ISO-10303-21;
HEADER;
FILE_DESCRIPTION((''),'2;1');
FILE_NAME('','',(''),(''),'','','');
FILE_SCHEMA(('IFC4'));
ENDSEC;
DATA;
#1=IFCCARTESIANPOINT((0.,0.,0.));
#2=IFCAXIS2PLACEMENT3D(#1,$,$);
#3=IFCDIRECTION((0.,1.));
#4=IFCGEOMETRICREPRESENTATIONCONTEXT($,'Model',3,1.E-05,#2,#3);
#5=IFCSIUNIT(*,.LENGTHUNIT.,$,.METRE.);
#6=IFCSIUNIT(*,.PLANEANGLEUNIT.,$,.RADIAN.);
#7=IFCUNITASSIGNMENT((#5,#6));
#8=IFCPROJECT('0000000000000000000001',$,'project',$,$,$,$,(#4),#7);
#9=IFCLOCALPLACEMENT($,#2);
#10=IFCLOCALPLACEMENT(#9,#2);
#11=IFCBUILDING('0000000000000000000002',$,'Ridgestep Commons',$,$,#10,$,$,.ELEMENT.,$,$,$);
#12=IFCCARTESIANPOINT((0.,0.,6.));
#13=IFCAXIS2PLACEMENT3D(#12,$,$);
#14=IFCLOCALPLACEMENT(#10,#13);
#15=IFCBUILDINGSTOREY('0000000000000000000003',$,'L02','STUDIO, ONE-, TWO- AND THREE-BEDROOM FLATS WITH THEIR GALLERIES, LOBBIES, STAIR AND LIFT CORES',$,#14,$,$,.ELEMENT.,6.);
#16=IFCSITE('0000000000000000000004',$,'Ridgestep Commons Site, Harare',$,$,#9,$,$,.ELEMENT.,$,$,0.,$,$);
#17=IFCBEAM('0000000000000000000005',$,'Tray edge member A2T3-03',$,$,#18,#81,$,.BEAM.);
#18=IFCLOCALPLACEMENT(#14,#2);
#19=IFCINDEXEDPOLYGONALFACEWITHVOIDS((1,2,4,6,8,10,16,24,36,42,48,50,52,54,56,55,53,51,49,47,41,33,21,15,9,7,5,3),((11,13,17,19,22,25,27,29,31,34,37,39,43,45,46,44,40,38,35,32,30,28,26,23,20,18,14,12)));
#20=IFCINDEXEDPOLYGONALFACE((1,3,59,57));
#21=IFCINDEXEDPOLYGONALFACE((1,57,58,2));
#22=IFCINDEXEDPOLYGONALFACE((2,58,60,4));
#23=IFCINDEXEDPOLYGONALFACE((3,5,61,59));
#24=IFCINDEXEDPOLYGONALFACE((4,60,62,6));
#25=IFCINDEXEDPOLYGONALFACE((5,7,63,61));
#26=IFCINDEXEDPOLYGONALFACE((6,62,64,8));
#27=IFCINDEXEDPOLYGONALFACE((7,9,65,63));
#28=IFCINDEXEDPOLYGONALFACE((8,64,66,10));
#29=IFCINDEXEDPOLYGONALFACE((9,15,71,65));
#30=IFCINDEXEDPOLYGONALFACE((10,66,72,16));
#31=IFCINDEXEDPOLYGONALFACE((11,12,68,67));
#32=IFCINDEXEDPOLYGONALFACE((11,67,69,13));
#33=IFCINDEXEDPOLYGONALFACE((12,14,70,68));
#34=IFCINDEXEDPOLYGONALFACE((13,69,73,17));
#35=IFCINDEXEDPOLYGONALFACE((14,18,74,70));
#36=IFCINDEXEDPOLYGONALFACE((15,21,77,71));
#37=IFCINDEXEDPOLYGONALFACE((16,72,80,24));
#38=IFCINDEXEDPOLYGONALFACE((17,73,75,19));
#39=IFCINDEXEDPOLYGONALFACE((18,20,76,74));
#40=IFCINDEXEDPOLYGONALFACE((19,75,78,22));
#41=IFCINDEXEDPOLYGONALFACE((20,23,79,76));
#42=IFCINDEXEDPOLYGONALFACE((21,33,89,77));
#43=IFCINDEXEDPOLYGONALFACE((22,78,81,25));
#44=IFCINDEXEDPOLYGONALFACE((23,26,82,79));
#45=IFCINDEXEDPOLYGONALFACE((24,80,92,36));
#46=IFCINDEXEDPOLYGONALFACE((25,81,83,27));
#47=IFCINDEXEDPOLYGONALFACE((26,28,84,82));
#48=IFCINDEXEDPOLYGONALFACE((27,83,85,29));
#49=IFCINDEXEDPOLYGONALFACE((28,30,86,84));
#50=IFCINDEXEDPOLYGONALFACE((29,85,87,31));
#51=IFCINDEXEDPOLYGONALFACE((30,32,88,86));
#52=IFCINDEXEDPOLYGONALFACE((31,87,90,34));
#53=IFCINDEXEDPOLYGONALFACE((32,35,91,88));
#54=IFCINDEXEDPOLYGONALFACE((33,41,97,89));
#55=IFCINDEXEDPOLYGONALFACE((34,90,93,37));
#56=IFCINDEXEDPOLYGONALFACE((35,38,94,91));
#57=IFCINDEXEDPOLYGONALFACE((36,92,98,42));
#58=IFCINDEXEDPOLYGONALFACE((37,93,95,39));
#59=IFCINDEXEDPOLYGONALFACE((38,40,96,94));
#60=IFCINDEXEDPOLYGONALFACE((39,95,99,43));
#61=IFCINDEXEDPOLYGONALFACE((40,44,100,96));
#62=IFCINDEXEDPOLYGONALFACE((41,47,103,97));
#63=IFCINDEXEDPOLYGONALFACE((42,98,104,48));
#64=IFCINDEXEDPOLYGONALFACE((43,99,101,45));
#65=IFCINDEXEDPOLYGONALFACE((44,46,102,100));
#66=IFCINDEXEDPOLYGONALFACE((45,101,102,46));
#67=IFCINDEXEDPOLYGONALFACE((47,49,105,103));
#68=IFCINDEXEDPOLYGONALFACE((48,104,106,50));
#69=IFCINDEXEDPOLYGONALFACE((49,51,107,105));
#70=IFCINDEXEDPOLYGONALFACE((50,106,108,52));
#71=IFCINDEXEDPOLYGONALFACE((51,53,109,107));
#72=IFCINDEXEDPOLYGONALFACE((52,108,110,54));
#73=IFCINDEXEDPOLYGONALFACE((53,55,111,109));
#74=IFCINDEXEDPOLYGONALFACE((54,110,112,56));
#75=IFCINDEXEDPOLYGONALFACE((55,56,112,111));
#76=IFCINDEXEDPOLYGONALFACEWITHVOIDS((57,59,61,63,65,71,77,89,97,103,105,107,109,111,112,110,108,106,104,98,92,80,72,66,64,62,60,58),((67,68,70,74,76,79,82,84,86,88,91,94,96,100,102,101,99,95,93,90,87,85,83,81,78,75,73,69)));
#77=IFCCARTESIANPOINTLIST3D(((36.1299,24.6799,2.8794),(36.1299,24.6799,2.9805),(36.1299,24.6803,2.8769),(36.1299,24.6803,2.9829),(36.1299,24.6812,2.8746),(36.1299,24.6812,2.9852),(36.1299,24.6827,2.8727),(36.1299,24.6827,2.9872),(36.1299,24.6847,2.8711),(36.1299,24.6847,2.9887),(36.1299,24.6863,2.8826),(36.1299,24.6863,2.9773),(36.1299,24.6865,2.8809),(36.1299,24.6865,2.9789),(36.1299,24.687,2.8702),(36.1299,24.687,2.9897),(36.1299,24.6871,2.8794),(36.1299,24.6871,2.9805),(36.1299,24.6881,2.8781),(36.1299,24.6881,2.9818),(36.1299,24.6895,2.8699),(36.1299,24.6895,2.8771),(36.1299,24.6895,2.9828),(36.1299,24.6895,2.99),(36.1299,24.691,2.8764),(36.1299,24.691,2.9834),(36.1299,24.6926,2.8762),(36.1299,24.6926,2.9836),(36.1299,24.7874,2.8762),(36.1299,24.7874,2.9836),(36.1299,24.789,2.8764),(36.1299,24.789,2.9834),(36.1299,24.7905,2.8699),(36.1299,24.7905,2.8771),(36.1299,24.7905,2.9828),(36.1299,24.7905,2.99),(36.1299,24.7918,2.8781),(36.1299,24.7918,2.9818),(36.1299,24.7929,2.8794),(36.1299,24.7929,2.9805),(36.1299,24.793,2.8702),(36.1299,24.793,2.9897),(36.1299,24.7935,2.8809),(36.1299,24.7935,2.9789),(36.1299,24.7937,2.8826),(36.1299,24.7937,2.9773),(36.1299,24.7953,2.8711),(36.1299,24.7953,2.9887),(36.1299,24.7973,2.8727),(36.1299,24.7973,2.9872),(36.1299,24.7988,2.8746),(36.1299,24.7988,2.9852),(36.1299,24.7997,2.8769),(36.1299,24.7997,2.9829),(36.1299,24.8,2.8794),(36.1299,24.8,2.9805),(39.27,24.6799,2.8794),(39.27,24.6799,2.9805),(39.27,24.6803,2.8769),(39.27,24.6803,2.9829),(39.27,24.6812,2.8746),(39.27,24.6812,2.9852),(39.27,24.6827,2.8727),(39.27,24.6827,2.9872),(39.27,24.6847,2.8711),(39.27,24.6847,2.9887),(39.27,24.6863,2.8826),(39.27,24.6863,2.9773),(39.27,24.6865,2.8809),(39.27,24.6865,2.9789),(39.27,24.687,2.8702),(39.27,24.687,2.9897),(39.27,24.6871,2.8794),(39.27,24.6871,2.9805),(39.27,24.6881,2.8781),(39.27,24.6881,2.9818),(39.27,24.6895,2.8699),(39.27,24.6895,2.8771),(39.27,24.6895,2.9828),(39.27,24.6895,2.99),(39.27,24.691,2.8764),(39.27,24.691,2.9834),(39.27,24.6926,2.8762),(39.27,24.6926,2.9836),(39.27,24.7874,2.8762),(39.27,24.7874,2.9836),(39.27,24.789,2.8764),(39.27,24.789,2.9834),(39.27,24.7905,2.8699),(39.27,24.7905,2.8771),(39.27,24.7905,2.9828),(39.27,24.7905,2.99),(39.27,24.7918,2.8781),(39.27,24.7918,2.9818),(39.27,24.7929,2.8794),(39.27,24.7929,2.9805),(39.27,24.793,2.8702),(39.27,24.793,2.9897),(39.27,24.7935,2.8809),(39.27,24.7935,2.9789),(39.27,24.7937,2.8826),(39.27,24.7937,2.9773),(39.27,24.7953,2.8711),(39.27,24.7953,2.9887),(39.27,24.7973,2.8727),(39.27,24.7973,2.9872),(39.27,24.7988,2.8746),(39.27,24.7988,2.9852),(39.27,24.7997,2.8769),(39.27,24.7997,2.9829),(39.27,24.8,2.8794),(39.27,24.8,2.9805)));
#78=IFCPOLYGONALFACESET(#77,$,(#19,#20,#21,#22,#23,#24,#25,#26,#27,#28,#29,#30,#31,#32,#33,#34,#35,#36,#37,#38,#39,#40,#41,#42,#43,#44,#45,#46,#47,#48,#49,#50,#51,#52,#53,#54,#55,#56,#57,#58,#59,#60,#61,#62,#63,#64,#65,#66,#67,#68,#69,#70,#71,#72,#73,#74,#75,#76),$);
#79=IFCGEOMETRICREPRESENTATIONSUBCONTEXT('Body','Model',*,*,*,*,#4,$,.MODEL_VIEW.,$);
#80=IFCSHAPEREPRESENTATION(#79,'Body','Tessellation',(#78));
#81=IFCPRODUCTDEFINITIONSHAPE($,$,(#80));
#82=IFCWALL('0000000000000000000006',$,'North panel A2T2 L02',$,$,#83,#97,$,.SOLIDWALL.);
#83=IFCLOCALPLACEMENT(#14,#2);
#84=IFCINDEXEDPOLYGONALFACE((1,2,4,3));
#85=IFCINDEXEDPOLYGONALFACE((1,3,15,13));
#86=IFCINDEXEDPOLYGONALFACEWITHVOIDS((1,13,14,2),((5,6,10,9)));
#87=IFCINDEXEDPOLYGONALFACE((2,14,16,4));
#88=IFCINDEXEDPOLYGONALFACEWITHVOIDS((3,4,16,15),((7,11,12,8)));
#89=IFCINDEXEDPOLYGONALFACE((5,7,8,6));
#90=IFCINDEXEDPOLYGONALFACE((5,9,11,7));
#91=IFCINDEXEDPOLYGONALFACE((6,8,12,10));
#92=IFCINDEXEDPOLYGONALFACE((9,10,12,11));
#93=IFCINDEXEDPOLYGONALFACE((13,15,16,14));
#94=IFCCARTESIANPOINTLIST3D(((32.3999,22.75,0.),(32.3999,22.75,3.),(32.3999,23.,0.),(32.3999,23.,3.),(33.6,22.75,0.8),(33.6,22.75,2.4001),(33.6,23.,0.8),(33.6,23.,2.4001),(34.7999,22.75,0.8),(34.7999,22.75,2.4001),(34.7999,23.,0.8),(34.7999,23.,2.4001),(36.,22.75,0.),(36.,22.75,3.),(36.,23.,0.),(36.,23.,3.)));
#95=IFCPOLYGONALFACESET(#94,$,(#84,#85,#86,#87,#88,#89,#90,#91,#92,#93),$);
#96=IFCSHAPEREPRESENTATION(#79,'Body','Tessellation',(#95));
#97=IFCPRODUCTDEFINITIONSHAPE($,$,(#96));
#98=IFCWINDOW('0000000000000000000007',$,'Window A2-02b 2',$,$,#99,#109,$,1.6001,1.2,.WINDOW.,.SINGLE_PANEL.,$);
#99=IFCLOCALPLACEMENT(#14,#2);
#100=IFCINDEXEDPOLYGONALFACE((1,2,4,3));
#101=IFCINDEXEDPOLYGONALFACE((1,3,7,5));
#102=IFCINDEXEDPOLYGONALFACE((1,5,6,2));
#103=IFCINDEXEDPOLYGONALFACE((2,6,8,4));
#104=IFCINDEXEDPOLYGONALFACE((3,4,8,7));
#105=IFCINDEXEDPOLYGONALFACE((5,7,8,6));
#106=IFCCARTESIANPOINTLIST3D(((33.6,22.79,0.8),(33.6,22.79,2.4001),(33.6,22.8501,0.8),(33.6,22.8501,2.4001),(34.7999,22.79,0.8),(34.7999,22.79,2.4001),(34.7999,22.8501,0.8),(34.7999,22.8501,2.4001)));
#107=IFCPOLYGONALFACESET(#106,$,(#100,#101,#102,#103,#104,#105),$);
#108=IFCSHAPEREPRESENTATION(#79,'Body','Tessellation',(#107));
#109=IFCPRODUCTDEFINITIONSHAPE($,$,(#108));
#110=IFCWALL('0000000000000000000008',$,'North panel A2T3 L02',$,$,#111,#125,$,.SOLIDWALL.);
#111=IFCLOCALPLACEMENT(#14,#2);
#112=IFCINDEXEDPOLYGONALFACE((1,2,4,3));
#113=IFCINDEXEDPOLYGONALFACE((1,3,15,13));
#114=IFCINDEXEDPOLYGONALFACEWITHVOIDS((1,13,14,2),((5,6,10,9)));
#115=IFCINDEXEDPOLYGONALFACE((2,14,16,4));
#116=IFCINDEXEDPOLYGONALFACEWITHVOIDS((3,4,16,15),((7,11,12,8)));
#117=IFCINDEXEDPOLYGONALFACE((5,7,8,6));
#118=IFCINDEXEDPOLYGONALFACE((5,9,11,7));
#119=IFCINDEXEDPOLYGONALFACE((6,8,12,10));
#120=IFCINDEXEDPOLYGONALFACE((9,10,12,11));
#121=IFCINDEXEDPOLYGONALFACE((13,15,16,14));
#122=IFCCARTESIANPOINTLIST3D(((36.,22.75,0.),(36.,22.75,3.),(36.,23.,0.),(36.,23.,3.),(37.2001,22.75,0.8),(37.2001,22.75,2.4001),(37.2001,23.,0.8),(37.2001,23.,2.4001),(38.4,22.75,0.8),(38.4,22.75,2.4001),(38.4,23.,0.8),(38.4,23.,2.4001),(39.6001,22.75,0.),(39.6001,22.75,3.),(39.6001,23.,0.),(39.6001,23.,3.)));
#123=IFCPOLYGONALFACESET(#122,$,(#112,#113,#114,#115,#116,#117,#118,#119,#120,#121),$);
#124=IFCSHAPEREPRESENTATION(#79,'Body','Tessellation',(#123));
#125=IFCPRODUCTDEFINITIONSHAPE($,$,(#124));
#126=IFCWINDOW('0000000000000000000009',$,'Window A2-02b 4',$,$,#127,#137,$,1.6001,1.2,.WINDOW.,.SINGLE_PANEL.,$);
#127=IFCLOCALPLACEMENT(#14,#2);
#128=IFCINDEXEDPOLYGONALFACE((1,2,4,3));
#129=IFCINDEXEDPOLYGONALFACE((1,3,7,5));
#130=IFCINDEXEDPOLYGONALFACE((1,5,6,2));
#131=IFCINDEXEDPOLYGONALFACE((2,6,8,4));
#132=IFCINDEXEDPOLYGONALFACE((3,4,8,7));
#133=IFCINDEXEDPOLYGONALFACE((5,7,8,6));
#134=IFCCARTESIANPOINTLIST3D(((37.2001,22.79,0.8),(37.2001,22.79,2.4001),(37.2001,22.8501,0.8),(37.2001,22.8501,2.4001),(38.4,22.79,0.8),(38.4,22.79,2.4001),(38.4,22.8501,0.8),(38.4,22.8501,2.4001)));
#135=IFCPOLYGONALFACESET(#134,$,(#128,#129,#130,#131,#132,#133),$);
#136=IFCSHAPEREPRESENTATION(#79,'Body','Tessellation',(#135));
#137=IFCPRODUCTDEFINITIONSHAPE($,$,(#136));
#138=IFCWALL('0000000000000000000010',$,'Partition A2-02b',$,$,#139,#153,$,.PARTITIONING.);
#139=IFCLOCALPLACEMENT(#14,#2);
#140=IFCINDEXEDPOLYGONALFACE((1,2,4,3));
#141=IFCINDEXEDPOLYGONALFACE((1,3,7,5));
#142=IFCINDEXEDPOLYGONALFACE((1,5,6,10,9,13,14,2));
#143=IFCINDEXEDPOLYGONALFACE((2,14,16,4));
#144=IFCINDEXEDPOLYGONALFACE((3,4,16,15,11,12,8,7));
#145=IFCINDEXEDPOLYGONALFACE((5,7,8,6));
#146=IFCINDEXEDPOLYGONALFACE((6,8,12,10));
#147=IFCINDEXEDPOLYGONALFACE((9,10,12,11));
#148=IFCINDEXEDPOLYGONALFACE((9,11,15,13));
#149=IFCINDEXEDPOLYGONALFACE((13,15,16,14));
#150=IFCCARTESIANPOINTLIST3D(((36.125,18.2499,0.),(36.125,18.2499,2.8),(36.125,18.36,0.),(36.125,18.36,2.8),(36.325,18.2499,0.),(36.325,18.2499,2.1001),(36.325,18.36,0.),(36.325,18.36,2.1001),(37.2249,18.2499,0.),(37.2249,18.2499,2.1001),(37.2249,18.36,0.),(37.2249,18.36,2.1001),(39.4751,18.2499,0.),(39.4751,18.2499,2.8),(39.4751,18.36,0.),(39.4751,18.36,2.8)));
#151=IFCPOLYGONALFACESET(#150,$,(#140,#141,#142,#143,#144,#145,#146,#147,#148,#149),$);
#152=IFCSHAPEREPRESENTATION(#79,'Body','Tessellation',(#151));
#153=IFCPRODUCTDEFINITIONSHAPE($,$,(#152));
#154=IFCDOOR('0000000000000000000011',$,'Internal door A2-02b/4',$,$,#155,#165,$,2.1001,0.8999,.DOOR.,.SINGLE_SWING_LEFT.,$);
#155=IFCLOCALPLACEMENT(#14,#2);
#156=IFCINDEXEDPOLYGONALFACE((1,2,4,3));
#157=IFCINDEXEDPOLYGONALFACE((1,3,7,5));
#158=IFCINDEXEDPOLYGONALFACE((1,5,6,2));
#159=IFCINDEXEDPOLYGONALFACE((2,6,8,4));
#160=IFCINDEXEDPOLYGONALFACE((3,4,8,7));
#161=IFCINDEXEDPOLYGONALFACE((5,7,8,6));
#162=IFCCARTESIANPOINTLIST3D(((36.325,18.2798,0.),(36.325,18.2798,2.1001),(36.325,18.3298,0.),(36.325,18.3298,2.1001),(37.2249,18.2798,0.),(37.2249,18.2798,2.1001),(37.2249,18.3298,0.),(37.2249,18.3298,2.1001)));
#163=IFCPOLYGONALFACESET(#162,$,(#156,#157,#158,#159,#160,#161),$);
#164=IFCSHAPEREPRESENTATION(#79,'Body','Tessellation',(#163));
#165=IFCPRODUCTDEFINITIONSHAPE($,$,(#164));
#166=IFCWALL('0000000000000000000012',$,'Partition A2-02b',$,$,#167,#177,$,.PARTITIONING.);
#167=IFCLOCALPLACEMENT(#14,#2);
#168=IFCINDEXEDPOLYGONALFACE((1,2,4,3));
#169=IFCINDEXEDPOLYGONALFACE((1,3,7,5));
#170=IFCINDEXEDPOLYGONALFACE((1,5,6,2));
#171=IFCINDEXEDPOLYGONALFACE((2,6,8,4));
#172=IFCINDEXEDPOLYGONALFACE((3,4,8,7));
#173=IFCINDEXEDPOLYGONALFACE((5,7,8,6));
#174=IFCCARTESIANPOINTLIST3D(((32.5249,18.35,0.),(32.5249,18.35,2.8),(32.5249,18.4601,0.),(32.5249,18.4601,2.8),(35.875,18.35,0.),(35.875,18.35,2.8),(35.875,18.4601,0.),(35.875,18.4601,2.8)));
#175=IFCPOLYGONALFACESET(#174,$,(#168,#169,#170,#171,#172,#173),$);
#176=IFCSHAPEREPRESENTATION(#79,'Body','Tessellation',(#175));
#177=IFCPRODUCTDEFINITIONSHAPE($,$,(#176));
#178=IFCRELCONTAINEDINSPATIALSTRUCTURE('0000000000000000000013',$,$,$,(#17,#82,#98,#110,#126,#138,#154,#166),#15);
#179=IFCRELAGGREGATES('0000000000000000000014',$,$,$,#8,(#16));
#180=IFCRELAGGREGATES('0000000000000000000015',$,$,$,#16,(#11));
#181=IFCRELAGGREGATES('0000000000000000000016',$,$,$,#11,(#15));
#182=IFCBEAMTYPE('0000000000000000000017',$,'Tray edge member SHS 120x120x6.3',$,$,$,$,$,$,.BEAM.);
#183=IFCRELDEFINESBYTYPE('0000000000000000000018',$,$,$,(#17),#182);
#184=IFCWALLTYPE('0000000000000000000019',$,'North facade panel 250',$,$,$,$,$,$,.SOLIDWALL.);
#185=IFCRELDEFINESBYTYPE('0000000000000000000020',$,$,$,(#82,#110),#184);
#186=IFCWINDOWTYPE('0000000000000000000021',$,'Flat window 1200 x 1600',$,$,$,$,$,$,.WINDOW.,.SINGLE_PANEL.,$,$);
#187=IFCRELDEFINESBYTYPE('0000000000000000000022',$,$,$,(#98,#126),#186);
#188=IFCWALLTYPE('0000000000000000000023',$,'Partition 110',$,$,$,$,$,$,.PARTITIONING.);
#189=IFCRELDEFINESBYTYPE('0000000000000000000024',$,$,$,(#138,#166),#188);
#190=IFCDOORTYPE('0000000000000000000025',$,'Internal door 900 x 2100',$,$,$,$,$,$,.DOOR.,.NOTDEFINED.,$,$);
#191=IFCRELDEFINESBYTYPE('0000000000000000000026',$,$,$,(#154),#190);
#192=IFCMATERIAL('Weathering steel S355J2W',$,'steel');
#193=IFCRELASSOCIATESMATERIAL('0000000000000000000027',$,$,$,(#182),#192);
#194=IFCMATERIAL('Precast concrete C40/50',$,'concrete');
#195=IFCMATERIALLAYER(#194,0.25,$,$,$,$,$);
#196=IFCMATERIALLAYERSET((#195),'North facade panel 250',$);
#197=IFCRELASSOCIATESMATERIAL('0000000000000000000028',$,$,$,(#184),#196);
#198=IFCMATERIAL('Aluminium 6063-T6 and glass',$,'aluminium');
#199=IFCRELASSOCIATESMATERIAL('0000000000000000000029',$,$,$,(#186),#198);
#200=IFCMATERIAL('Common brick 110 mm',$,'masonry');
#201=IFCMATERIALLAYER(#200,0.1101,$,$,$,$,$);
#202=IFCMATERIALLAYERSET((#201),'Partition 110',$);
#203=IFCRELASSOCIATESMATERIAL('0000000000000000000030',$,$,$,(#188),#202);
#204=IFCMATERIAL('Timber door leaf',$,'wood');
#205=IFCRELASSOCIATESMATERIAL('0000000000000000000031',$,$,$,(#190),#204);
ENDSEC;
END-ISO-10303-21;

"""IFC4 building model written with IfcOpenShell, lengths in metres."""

from ifc_helpers import new_model, si_unit, direction, frame, frame_2d, origin, origin_2d, place, context, subcontext, project, spatial, rectangle, hollow_rectangle, extrude, material, layer, layer_set, material_profile, profile_set, type_object, element, fill, save


model = new_model("IFC4")

# Units and contexts
model_context = context("Model", 3, precision=1e-05, world=origin(), true_north=direction((0.0, 1.0)))
body_context = subcontext(model_context, "Body", "Model", "MODEL_VIEW")
ifc_project = project(units=[si_unit("LENGTHUNIT", "METRE"), si_unit("PLANEANGLEUNIT", "RADIAN")], contexts=[model_context])

# Site, building, storey
site_placement = place(None, origin())
site = spatial("IfcSite", under=ifc_project, at=site_placement, Name="Ridgestep Commons Site, Harare", CompositionType="ELEMENT", RefElevation=0.0)
building_placement = place(site_placement, origin())
building = spatial("IfcBuilding", under=site, at=building_placement, Name="Ridgestep Commons", CompositionType="ELEMENT")
storey_placement = place(building_placement, frame((0.0, 0.0, 6.0)))
storey = spatial("IfcBuildingStorey", under=building, at=storey_placement, Name="L02", Description="STUDIO, ONE-, TWO- AND THREE-BEDROOM FLATS WITH THEIR GALLERIES, LOBBIES, STAIR AND LIFT CORES", CompositionType="ELEMENT", Elevation=6.0)

# Beam
ifc_material_1 = material(Name="Weathering steel S355J2W", Category="steel")
ifc_material_profile_1 = material_profile(ifc_material_1, hollow_rectangle(XDim=0.1201, YDim=0.1201, WallThickness=0.0063, InnerFilletRadius=0.0063, OuterFilletRadius=0.0095, at=origin_2d()), Name="SHS 120x120x6.3")
ifc_profile_set_1 = profile_set([ifc_material_profile_1], Name="Weathering steel S355J2W")
beam_type_1 = type_object("IfcBeamType", Name="Tray edge member SHS 120x120x6.3", PredefinedType="BEAM", material=ifc_profile_set_1)
beam_placement = place(storey_placement, frame((36.1299, 24.74, 2.9299), z_axis=(1.0, 0.0, 0.0), x_axis=(0.0, 0.0, 1.0)))
element("IfcBeam", 1, at=beam_placement, inside=storey, type_object=beam_type_1, Name="Tray edge member A2T3-03", PredefinedType="BEAM", context=body_context, shape_type="SweptSolid", body=[
    extrude(hollow_rectangle(XDim=0.1201, YDim=0.1201, WallThickness=0.0063, InnerFilletRadius=0.0063, OuterFilletRadius=0.0095, at=origin_2d()), origin(), (0.0, 0.0, 1.0), 3.1401),
])

# Walls, openings, windows
ifc_material_2 = material(Name="Precast concrete C40/50", Category="concrete")
ifc_layer_1 = layer(ifc_material_2, 0.25)
ifc_layer_set_1 = layer_set([ifc_layer_1], Name="North facade panel 250")
wall_type_1 = type_object("IfcWallType", Name="North facade panel 250", PredefinedType="SOLIDWALL", material=ifc_layer_set_1)
wall_1_placement = place(storey_placement, frame((32.3999, 22.875, 0.0), z_axis=(0.0, 0.0, 1.0), x_axis=(1.0, 0.0, 0.0)))
wall_1 = element("IfcWall", 2, at=wall_1_placement, inside=storey, type_object=wall_type_1, Name="North panel A2T2 L02", PredefinedType="SOLIDWALL", context=body_context, shape_type="SweptSolid", body=[
    extrude(rectangle(XDim=3.6001, YDim=0.25, at=frame_2d((1.8, 0.0))), origin(), (0.0, 0.0, 1.0), 3.0),
])
opening_1_placement = place(wall_1_placement, frame((1.2, 0.0, 0.8)))
opening_1 = element("IfcOpeningElement", 3, at=opening_1_placement, cuts=wall_1, PredefinedType="OPENING", context=body_context, shape_type="SweptSolid", body=[
    extrude(rectangle(XDim=1.2, YDim=1.6001, at=frame_2d((0.6001, 0.8))), frame((0.0, 0.135, 0.0), z_axis=(0.0, -1.0, 0.0), x_axis=(1.0, 0.0, 0.0)), (0.0, 0.0, 1.0), 0.27),
])
ifc_material_3 = material(Name="Aluminium 6063-T6 and glass", Category="aluminium")
window_type = type_object("IfcWindowType", Name="Flat window 1200 x 1600", PartitioningType="SINGLE_PANEL", PredefinedType="WINDOW", material=ifc_material_3)
window_1_placement = place(opening_1_placement, origin())
window_1 = element("IfcWindow", 4, at=window_1_placement, inside=storey, type_object=window_type, Name="Window A2-02b 2", OverallHeight=1.6001, OverallWidth=1.2, PartitioningType="SINGLE_PANEL", PredefinedType="WINDOW", context=body_context, shape_type="SweptSolid", body=[
    extrude(rectangle(XDim=1.2, YDim=1.6001, at=frame_2d((0.6001, 0.8))), frame((0.0, -0.0249, 0.0), z_axis=(0.0, -1.0, 0.0), x_axis=(1.0, 0.0, 0.0)), (0.0, 0.0, 1.0), 0.0601),
])
fill(opening_1, window_1)
wall_2_placement = place(storey_placement, frame((36.0, 22.875, 0.0), z_axis=(0.0, 0.0, 1.0), x_axis=(1.0, 0.0, 0.0)))
wall_2 = element("IfcWall", 5, at=wall_2_placement, inside=storey, type_object=wall_type_1, Name="North panel A2T3 L02", PredefinedType="SOLIDWALL", context=body_context, shape_type="SweptSolid", body=[
    extrude(rectangle(XDim=3.6001, YDim=0.25, at=frame_2d((1.8, 0.0))), origin(), (0.0, 0.0, 1.0), 3.0),
])
opening_2_placement = place(wall_2_placement, frame((1.2, 0.0, 0.8)))
opening_2 = element("IfcOpeningElement", 6, at=opening_2_placement, cuts=wall_2, PredefinedType="OPENING", context=body_context, shape_type="SweptSolid", body=[
    extrude(rectangle(XDim=1.2, YDim=1.6001, at=frame_2d((0.6001, 0.8))), frame((0.0, 0.135, 0.0), z_axis=(0.0, -1.0, 0.0), x_axis=(1.0, 0.0, 0.0)), (0.0, 0.0, 1.0), 0.27),
])
window_2_placement = place(opening_2_placement, origin())
window_2 = element("IfcWindow", 7, at=window_2_placement, inside=storey, type_object=window_type, Name="Window A2-02b 4", OverallHeight=1.6001, OverallWidth=1.2, PartitioningType="SINGLE_PANEL", PredefinedType="WINDOW", context=body_context, shape_type="SweptSolid", body=[
    extrude(rectangle(XDim=1.2, YDim=1.6001, at=frame_2d((0.6001, 0.8))), frame((0.0, -0.0249, 0.0), z_axis=(0.0, -1.0, 0.0), x_axis=(1.0, 0.0, 0.0)), (0.0, 0.0, 1.0), 0.0601),
])
fill(opening_2, window_2)

# Wall, opening, door
ifc_material_4 = material(Name="Common brick 110 mm", Category="masonry")
ifc_layer_2 = layer(ifc_material_4, 0.1101)
ifc_layer_set_2 = layer_set([ifc_layer_2], Name="Partition 110")
wall_type_2 = type_object("IfcWallType", Name="Partition 110", PredefinedType="PARTITIONING", material=ifc_layer_set_2)
wall_3_placement = place(storey_placement, frame((36.125, 18.3049, 0.0), z_axis=(0.0, 0.0, 1.0), x_axis=(1.0, 0.0, 0.0)))
wall_3 = element("IfcWall", 8, at=wall_3_placement, inside=storey, type_object=wall_type_2, Name="Partition A2-02b", PredefinedType="PARTITIONING", context=body_context, shape_type="SweptSolid", body=[
    extrude(rectangle(XDim=3.3501, YDim=0.1101, at=frame_2d((1.675, 0.0))), origin(), (0.0, 0.0, 1.0), 2.8),
])
opening_3_placement = place(wall_3_placement, frame((0.2, 0.0, 0.0)))
opening_3 = element("IfcOpeningElement", 9, at=opening_3_placement, cuts=wall_3, PredefinedType="OPENING", context=body_context, shape_type="SweptSolid", body=[
    extrude(rectangle(XDim=0.8999, YDim=2.1001, at=frame_2d((0.45, 1.05))), frame((0.0, 0.0649, 0.0), z_axis=(0.0, -1.0, 0.0), x_axis=(1.0, 0.0, 0.0)), (0.0, 0.0, 1.0), 0.1301),
])
ifc_material_5 = material(Name="Timber door leaf", Category="wood")
door_type = type_object("IfcDoorType", Name="Internal door 900 x 2100", OperationType="NOTDEFINED", PredefinedType="DOOR", material=ifc_material_5)
door_placement = place(opening_3_placement, origin())
door = element("IfcDoor", 10, at=door_placement, inside=storey, type_object=door_type, Name="Internal door A2-02b/4", OperationType="SINGLE_SWING_LEFT", OverallHeight=2.1001, OverallWidth=0.8999, PredefinedType="DOOR", context=body_context, shape_type="SweptSolid", body=[
    extrude(rectangle(XDim=0.8999, YDim=2.1001, at=frame_2d((0.45, 1.05))), frame((0.0, 0.0249, 0.0), z_axis=(0.0, -1.0, 0.0), x_axis=(1.0, 0.0, 0.0)), (0.0, 0.0, 1.0), 0.05),
])
fill(opening_3, door)

# Wall
wall_4_placement = place(storey_placement, frame((32.5249, 18.405, 0.0), z_axis=(0.0, 0.0, 1.0), x_axis=(1.0, 0.0, 0.0)))
element("IfcWall", 11, at=wall_4_placement, inside=storey, type_object=wall_type_2, Name="Partition A2-02b", PredefinedType="PARTITIONING", context=body_context, shape_type="SweptSolid", body=[
    extrude(rectangle(XDim=3.3501, YDim=0.1101, at=frame_2d((1.675, 0.0))), origin(), (0.0, 0.0, 1.0), 2.8),
])

save(model, "model.ifc")
